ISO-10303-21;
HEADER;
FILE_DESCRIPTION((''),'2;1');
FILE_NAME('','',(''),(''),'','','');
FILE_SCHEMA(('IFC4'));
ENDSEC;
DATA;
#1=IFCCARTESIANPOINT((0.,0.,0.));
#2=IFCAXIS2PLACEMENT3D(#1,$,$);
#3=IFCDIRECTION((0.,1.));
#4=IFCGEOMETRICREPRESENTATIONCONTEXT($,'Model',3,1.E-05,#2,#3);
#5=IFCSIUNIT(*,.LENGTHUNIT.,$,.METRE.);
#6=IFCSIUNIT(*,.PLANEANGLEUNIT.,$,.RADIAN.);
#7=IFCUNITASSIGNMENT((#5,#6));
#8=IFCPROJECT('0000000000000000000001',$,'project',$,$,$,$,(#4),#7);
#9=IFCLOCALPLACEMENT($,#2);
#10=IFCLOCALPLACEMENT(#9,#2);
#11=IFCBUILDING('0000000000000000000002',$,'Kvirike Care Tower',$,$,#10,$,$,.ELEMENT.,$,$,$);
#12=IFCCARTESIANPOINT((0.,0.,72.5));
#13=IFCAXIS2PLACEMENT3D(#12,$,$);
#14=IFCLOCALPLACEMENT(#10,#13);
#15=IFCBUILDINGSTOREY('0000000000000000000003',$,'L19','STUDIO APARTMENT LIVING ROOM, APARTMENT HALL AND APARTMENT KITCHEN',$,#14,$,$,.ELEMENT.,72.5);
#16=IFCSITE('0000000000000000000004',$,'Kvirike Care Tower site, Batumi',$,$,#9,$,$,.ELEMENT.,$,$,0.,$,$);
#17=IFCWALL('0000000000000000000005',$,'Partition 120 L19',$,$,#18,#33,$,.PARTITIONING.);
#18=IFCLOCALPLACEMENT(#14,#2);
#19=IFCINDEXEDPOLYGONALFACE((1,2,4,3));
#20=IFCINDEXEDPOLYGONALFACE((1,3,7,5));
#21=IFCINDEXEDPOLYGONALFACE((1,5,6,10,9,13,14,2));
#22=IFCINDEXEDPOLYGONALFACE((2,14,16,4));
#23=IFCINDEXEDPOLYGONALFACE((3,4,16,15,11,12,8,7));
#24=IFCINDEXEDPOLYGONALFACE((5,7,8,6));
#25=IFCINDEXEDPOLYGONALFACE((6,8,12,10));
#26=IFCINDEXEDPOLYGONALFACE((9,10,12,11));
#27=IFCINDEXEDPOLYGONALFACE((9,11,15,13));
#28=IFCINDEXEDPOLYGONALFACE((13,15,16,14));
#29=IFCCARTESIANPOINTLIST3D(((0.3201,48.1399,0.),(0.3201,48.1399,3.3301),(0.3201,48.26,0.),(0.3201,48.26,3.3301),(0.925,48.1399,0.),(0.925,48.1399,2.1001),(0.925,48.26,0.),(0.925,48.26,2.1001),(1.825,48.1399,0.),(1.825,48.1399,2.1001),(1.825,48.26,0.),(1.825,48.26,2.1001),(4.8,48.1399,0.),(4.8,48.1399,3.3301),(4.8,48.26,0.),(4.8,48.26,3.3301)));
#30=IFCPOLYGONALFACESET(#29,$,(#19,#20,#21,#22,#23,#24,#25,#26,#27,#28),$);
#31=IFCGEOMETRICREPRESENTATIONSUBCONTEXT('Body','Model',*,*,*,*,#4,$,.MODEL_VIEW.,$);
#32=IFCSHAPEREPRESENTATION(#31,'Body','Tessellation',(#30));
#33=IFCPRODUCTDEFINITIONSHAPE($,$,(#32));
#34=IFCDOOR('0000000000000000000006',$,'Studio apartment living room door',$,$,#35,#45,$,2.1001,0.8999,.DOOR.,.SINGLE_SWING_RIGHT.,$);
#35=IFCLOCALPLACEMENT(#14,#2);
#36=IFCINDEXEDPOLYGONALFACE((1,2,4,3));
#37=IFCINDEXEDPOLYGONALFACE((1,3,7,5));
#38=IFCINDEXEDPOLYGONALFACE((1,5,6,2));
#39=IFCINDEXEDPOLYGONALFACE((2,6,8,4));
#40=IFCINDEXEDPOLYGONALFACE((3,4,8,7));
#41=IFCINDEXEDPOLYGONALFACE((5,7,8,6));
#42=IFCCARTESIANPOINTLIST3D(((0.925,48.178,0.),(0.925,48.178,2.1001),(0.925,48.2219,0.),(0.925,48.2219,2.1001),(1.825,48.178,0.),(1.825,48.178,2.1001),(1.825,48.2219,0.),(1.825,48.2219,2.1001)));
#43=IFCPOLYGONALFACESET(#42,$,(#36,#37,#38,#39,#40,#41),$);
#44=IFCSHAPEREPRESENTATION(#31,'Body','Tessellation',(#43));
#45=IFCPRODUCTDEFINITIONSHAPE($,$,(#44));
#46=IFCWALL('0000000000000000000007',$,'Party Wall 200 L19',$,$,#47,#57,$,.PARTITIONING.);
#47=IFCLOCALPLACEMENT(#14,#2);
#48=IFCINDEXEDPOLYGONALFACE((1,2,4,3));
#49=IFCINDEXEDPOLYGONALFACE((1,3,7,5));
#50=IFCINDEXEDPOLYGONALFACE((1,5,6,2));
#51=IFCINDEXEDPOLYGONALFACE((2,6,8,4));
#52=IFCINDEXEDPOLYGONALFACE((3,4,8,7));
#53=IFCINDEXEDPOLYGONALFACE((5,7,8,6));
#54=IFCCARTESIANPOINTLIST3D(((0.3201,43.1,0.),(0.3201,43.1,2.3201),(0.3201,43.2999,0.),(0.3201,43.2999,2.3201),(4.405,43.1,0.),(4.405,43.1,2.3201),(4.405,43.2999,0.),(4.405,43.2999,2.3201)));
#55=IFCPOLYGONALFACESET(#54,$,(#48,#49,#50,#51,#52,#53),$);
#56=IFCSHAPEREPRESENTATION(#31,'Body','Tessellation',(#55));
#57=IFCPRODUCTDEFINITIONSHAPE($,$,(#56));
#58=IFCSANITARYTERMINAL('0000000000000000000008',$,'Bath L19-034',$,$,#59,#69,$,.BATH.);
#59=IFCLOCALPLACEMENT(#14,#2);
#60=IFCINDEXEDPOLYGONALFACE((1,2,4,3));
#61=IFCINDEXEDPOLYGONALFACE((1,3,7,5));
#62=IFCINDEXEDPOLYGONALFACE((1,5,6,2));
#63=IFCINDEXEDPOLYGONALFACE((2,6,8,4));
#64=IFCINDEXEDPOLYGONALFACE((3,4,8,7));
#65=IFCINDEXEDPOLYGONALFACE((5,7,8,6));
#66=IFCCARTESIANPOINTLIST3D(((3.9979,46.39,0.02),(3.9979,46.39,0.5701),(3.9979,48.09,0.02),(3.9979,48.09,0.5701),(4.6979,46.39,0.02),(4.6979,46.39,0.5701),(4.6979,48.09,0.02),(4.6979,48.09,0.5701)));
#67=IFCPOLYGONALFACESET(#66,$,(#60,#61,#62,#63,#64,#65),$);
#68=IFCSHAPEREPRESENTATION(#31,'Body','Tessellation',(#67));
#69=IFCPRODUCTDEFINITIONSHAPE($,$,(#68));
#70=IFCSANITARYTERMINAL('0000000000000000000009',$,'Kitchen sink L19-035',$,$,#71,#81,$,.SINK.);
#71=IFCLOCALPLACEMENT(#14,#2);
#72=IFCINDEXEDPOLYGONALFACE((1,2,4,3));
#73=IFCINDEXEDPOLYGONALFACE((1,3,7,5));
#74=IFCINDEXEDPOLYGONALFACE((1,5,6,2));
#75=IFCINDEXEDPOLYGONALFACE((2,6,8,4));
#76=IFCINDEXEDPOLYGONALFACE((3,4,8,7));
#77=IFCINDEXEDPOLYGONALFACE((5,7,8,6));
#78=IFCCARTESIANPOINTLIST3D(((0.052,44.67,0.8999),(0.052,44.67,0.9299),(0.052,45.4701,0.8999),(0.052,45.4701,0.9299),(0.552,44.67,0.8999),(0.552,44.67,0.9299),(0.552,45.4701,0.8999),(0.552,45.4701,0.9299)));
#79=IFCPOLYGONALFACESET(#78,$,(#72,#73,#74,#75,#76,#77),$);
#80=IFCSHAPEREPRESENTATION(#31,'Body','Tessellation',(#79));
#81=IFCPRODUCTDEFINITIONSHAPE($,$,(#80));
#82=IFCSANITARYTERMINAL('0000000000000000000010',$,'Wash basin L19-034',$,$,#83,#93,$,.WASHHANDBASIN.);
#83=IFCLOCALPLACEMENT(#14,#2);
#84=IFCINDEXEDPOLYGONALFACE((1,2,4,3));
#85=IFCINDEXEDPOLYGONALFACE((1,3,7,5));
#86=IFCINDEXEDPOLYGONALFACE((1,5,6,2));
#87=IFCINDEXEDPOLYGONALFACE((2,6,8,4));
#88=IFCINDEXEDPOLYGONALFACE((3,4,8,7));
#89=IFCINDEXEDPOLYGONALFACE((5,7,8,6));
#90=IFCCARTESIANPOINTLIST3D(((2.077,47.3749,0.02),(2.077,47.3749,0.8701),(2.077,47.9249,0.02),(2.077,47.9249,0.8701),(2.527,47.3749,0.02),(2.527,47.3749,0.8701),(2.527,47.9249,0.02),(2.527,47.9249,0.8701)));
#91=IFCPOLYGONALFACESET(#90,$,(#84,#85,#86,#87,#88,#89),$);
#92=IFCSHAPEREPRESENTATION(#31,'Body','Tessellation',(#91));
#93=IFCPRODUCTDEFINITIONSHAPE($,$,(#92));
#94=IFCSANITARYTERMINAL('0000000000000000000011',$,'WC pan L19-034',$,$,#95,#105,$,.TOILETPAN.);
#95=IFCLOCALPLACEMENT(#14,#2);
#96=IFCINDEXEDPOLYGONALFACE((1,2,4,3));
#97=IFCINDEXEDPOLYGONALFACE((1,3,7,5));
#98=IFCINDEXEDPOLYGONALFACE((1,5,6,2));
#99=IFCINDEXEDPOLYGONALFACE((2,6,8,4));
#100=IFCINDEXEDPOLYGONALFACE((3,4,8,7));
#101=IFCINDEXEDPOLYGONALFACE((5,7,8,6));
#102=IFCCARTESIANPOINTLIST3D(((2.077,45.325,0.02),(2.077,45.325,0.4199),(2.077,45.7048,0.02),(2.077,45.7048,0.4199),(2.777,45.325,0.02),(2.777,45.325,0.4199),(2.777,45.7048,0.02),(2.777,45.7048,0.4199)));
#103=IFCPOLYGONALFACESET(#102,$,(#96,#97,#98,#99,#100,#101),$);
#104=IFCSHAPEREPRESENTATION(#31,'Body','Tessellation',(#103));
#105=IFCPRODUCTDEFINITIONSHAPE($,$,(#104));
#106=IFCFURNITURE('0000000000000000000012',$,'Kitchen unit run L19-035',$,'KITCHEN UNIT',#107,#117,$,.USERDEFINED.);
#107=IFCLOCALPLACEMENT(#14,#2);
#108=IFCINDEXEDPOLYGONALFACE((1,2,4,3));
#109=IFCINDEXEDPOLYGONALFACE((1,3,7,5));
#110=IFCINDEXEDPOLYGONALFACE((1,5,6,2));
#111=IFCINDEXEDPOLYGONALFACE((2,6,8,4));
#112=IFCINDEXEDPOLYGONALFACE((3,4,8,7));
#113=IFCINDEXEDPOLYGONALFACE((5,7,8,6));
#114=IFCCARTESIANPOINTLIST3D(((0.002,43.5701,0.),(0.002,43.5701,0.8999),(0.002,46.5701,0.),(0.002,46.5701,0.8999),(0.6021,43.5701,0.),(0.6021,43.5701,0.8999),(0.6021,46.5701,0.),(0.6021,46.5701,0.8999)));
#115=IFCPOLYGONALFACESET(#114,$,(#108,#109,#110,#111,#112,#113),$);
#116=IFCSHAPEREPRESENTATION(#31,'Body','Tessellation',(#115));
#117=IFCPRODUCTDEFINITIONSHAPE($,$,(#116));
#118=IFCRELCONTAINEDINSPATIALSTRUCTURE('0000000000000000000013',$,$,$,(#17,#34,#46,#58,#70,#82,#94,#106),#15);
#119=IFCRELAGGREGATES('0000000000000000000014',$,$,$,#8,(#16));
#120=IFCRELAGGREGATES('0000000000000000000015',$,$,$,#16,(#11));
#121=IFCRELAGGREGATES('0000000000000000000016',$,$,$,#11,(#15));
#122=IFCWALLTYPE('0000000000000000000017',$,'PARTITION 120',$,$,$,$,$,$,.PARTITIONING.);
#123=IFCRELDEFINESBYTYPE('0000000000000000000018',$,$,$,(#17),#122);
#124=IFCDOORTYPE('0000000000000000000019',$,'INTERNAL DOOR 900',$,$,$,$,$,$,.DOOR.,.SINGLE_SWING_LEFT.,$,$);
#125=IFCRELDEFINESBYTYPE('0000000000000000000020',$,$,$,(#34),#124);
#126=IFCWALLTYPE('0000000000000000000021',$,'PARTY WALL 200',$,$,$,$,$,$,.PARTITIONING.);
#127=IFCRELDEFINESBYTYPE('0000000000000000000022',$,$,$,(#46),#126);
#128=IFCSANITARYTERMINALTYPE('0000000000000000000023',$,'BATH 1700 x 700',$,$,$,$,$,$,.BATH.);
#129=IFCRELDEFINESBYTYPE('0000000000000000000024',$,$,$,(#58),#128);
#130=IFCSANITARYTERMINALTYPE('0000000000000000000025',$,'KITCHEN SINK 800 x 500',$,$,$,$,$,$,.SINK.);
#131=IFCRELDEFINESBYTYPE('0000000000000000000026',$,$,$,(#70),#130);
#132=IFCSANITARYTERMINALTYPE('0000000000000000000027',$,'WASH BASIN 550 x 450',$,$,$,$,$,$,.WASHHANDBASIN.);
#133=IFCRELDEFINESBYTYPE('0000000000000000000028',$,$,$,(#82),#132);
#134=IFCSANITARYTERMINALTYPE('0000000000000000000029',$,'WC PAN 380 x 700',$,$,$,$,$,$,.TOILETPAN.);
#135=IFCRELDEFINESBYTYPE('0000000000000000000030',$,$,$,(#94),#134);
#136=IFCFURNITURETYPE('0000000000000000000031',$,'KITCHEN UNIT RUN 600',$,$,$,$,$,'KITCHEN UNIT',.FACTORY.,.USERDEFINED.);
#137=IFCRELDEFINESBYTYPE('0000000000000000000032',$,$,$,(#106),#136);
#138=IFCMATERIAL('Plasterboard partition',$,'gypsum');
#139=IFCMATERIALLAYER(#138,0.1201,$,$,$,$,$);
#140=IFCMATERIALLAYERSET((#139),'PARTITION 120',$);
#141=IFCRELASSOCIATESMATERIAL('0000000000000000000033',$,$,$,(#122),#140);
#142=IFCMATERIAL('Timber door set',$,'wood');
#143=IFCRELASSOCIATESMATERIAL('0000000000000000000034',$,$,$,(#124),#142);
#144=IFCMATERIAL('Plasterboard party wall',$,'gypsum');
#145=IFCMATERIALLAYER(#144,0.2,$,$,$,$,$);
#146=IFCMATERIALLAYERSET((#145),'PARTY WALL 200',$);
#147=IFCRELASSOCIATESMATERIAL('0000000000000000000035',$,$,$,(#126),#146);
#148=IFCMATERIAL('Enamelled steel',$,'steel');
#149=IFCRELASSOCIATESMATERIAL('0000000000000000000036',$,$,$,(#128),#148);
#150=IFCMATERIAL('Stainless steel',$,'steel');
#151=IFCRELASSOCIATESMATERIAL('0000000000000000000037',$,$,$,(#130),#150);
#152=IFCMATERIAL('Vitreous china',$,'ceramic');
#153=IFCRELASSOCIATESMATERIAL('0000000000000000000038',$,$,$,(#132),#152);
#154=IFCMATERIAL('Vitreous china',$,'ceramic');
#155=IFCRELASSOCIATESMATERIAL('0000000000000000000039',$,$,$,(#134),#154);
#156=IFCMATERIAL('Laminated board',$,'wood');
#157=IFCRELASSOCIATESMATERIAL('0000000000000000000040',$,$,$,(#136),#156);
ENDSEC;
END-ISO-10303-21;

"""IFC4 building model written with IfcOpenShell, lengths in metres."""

from ifc_helpers import new_model, si_unit, direction, frame, frame_2d, origin, origin_2d, place, context, subcontext, project, spatial, rectangle, extrude, material, layer, layer_set, type_object, element, fill, save


model = new_model("IFC4")

# Units and contexts
model_context = context("Model", 3, precision=1e-05, world=origin(), true_north=direction((0.0, 1.0)))
body_context = subcontext(model_context, "Body", "Model", "MODEL_VIEW")
ifc_project = project(units=[si_unit("LENGTHUNIT", "METRE"), si_unit("PLANEANGLEUNIT", "RADIAN")], contexts=[model_context])

# Site, building, storey
site_placement = place(None, origin())
site = spatial("IfcSite", under=ifc_project, at=site_placement, Name="Kvirike Care Tower site, Batumi", CompositionType="ELEMENT", RefElevation=0.0)
building_placement = place(site_placement, origin())
building = spatial("IfcBuilding", under=site, at=building_placement, Name="Kvirike Care Tower", CompositionType="ELEMENT")
storey_placement = place(building_placement, frame((0.0, 0.0, 72.5)))
storey = spatial("IfcBuildingStorey", under=building, at=storey_placement, Name="L19", Description="STUDIO APARTMENT LIVING ROOM, APARTMENT HALL AND APARTMENT KITCHEN", CompositionType="ELEMENT", Elevation=72.5)

# Wall, opening, door
ifc_material_1 = material(Name="Plasterboard partition", Category="gypsum")
ifc_layer_1 = layer(ifc_material_1, 0.1201)
ifc_layer_set_1 = layer_set([ifc_layer_1], Name="PARTITION 120")
wall_type_1 = type_object("IfcWallType", Name="PARTITION 120", PredefinedType="PARTITIONING", material=ifc_layer_set_1)
wall_1_placement = place(storey_placement, frame((4.8, 48.2, 0.0), z_axis=(0.0, 0.0, 1.0), x_axis=(-1.0, 0.0, 0.0)))
wall_1 = element("IfcWall", 1, at=wall_1_placement, inside=storey, type_object=wall_type_1, Name="Partition 120 L19", PredefinedType="PARTITIONING", context=body_context, shape_type="SweptSolid", body=[
    extrude(rectangle(XDim=4.48, YDim=0.1201, at=frame_2d((2.24, 0.0))), origin(), (0.0, 0.0, 1.0), 3.3301),
])
opening_1_placement = place(wall_1_placement, frame((2.9751, 0.0, 0.0)))
opening_1 = element("IfcOpeningElement", 2, at=opening_1_placement, cuts=wall_1, PredefinedType="OPENING", context=body_context, shape_type="SweptSolid", body=[
    extrude(rectangle(XDim=0.8999, YDim=2.1001, at=frame_2d((0.45, 1.05))), frame((0.0, 0.0706, 0.0), z_axis=(0.0, -1.0, 0.0), x_axis=(1.0, 0.0, 0.0)), (0.0, 0.0, 1.0), 0.1411),
])
ifc_material_2 = material(Name="Timber door set", Category="wood")
door_type_1 = type_object("IfcDoorType", Name="INTERNAL DOOR 900", OperationType="SINGLE_SWING_LEFT", PredefinedType="DOOR", material=ifc_material_2)
door_1_placement = place(opening_1_placement, origin())
door_1 = element("IfcDoor", 3, at=door_1_placement, inside=storey, type_object=door_type_1, Name="Studio apartment living room door", OperationType="SINGLE_SWING_RIGHT", OverallHeight=2.1001, OverallWidth=0.8999, PredefinedType="DOOR", context=body_context, shape_type="SweptSolid", body=[
    extrude(rectangle(XDim=0.8999, YDim=2.1001, at=frame_2d((0.45, 1.05))), frame((0.0, 0.022, 0.0), z_axis=(0.0, -1.0, 0.0), x_axis=(1.0, 0.0, 0.0)), (0.0, 0.0, 1.0), 0.0439),
])
fill(opening_1, door_1)

# Wall
ifc_material_3 = material(Name="Plasterboard party wall", Category="gypsum")
ifc_layer_2 = layer(ifc_material_3, 0.2)
ifc_layer_set_2 = layer_set([ifc_layer_2], Name="PARTY WALL 200")
wall_type_2 = type_object("IfcWallType", Name="PARTY WALL 200", PredefinedType="PARTITIONING", material=ifc_layer_set_2)
wall_2_placement = place(storey_placement, frame((4.405, 43.2, 0.0), z_axis=(0.0, 0.0, 1.0), x_axis=(-1.0, 0.0, 0.0)))
element("IfcWall", 4, at=wall_2_placement, inside=storey, type_object=wall_type_2, Name="Party Wall 200 L19", PredefinedType="PARTITIONING", context=body_context, shape_type="SweptSolid", body=[
    extrude(rectangle(XDim=4.085, YDim=0.2, at=frame_2d((2.0425, 0.0))), origin(), (0.0, 0.0, 1.0), 2.3201),
])

# Sanitary terminals
ifc_material_4 = material(Name="Enamelled steel", Category="steel")
sanitary_terminal_type_1 = type_object("IfcSanitaryTerminalType", Name="BATH 1700 x 700", PredefinedType="BATH", material=ifc_material_4)
sanitary_terminal_1_placement = place(storey_placement, frame((4.3479, 47.24, 0.02), z_axis=(0.0, 0.0, 1.0), x_axis=(0.0, -1.0, 0.0)))
element("IfcSanitaryTerminal", 5, at=sanitary_terminal_1_placement, inside=storey, type_object=sanitary_terminal_type_1, Name="Bath L19-034", PredefinedType="BATH", context=body_context, shape_type="SweptSolid", body=[
    extrude(rectangle(XDim=1.7, YDim=0.7, at=origin_2d()), origin(), (0.0, 0.0, 1.0), 0.55),
])
ifc_material_5 = material(Name="Stainless steel", Category="steel")
sanitary_terminal_type_2 = type_object("IfcSanitaryTerminalType", Name="KITCHEN SINK 800 x 500", PredefinedType="SINK", material=ifc_material_5)
sanitary_terminal_2_placement = place(storey_placement, frame((0.302, 45.0701, 0.8999), z_axis=(0.0, 0.0, 1.0), x_axis=(0.0, 1.0, 0.0)))
element("IfcSanitaryTerminal", 6, at=sanitary_terminal_2_placement, inside=storey, type_object=sanitary_terminal_type_2, Name="Kitchen sink L19-035", PredefinedType="SINK", context=body_context, shape_type="SweptSolid", body=[
    extrude(rectangle(XDim=0.8, YDim=0.5, at=origin_2d()), origin(), (0.0, 0.0, 1.0), 0.03),
])
ifc_material_6 = material(Name="Vitreous china", Category="ceramic")
sanitary_terminal_type_3 = type_object("IfcSanitaryTerminalType", Name="WASH BASIN 550 x 450", PredefinedType="WASHHANDBASIN", material=ifc_material_6)
sanitary_terminal_3_placement = place(storey_placement, frame((2.302, 47.6499, 0.02), z_axis=(0.0, 0.0, 1.0), x_axis=(0.0, 1.0, 0.0)))
element("IfcSanitaryTerminal", 7, at=sanitary_terminal_3_placement, inside=storey, type_object=sanitary_terminal_type_3, Name="Wash basin L19-034", PredefinedType="WASHHANDBASIN", context=body_context, shape_type="SweptSolid", body=[
    extrude(rectangle(XDim=0.55, YDim=0.45, at=origin_2d()), origin(), (0.0, 0.0, 1.0), 0.8501),
])
ifc_material_7 = material(Name="Vitreous china", Category="ceramic")
sanitary_terminal_type_4 = type_object("IfcSanitaryTerminalType", Name="WC PAN 380 x 700", PredefinedType="TOILETPAN", material=ifc_material_7)
sanitary_terminal_4_placement = place(storey_placement, frame((2.427, 45.5149, 0.02), z_axis=(0.0, 0.0, 1.0), x_axis=(0.0, 1.0, 0.0)))
element("IfcSanitaryTerminal", 8, at=sanitary_terminal_4_placement, inside=storey, type_object=sanitary_terminal_type_4, Name="WC pan L19-034", PredefinedType="TOILETPAN", context=body_context, shape_type="SweptSolid", body=[
    extrude(rectangle(XDim=0.3799, YDim=0.7, at=origin_2d()), origin(), (0.0, 0.0, 1.0), 0.3999),
])

# Furniture
ifc_material_8 = material(Name="Laminated board", Category="wood")
furniture_type = type_object("IfcFurnitureType", Name="KITCHEN UNIT RUN 600", ElementType="KITCHEN UNIT", AssemblyPlace="FACTORY", PredefinedType="USERDEFINED", material=ifc_material_8)
furniture_placement = place(storey_placement, frame((0.302, 45.0701, 0.0), z_axis=(0.0, 0.0, 1.0), x_axis=(0.0, 1.0, 0.0)))
element("IfcFurniture", 9, at=furniture_placement, inside=storey, type_object=furniture_type, Name="Kitchen unit run L19-035", ObjectType="KITCHEN UNIT", PredefinedType="USERDEFINED", context=body_context, shape_type="SweptSolid", body=[
    extrude(rectangle(XDim=3.0, YDim=0.6001, at=origin_2d()), origin(), (0.0, 0.0, 1.0), 0.8999),
])

save(model, "model.ifc")
